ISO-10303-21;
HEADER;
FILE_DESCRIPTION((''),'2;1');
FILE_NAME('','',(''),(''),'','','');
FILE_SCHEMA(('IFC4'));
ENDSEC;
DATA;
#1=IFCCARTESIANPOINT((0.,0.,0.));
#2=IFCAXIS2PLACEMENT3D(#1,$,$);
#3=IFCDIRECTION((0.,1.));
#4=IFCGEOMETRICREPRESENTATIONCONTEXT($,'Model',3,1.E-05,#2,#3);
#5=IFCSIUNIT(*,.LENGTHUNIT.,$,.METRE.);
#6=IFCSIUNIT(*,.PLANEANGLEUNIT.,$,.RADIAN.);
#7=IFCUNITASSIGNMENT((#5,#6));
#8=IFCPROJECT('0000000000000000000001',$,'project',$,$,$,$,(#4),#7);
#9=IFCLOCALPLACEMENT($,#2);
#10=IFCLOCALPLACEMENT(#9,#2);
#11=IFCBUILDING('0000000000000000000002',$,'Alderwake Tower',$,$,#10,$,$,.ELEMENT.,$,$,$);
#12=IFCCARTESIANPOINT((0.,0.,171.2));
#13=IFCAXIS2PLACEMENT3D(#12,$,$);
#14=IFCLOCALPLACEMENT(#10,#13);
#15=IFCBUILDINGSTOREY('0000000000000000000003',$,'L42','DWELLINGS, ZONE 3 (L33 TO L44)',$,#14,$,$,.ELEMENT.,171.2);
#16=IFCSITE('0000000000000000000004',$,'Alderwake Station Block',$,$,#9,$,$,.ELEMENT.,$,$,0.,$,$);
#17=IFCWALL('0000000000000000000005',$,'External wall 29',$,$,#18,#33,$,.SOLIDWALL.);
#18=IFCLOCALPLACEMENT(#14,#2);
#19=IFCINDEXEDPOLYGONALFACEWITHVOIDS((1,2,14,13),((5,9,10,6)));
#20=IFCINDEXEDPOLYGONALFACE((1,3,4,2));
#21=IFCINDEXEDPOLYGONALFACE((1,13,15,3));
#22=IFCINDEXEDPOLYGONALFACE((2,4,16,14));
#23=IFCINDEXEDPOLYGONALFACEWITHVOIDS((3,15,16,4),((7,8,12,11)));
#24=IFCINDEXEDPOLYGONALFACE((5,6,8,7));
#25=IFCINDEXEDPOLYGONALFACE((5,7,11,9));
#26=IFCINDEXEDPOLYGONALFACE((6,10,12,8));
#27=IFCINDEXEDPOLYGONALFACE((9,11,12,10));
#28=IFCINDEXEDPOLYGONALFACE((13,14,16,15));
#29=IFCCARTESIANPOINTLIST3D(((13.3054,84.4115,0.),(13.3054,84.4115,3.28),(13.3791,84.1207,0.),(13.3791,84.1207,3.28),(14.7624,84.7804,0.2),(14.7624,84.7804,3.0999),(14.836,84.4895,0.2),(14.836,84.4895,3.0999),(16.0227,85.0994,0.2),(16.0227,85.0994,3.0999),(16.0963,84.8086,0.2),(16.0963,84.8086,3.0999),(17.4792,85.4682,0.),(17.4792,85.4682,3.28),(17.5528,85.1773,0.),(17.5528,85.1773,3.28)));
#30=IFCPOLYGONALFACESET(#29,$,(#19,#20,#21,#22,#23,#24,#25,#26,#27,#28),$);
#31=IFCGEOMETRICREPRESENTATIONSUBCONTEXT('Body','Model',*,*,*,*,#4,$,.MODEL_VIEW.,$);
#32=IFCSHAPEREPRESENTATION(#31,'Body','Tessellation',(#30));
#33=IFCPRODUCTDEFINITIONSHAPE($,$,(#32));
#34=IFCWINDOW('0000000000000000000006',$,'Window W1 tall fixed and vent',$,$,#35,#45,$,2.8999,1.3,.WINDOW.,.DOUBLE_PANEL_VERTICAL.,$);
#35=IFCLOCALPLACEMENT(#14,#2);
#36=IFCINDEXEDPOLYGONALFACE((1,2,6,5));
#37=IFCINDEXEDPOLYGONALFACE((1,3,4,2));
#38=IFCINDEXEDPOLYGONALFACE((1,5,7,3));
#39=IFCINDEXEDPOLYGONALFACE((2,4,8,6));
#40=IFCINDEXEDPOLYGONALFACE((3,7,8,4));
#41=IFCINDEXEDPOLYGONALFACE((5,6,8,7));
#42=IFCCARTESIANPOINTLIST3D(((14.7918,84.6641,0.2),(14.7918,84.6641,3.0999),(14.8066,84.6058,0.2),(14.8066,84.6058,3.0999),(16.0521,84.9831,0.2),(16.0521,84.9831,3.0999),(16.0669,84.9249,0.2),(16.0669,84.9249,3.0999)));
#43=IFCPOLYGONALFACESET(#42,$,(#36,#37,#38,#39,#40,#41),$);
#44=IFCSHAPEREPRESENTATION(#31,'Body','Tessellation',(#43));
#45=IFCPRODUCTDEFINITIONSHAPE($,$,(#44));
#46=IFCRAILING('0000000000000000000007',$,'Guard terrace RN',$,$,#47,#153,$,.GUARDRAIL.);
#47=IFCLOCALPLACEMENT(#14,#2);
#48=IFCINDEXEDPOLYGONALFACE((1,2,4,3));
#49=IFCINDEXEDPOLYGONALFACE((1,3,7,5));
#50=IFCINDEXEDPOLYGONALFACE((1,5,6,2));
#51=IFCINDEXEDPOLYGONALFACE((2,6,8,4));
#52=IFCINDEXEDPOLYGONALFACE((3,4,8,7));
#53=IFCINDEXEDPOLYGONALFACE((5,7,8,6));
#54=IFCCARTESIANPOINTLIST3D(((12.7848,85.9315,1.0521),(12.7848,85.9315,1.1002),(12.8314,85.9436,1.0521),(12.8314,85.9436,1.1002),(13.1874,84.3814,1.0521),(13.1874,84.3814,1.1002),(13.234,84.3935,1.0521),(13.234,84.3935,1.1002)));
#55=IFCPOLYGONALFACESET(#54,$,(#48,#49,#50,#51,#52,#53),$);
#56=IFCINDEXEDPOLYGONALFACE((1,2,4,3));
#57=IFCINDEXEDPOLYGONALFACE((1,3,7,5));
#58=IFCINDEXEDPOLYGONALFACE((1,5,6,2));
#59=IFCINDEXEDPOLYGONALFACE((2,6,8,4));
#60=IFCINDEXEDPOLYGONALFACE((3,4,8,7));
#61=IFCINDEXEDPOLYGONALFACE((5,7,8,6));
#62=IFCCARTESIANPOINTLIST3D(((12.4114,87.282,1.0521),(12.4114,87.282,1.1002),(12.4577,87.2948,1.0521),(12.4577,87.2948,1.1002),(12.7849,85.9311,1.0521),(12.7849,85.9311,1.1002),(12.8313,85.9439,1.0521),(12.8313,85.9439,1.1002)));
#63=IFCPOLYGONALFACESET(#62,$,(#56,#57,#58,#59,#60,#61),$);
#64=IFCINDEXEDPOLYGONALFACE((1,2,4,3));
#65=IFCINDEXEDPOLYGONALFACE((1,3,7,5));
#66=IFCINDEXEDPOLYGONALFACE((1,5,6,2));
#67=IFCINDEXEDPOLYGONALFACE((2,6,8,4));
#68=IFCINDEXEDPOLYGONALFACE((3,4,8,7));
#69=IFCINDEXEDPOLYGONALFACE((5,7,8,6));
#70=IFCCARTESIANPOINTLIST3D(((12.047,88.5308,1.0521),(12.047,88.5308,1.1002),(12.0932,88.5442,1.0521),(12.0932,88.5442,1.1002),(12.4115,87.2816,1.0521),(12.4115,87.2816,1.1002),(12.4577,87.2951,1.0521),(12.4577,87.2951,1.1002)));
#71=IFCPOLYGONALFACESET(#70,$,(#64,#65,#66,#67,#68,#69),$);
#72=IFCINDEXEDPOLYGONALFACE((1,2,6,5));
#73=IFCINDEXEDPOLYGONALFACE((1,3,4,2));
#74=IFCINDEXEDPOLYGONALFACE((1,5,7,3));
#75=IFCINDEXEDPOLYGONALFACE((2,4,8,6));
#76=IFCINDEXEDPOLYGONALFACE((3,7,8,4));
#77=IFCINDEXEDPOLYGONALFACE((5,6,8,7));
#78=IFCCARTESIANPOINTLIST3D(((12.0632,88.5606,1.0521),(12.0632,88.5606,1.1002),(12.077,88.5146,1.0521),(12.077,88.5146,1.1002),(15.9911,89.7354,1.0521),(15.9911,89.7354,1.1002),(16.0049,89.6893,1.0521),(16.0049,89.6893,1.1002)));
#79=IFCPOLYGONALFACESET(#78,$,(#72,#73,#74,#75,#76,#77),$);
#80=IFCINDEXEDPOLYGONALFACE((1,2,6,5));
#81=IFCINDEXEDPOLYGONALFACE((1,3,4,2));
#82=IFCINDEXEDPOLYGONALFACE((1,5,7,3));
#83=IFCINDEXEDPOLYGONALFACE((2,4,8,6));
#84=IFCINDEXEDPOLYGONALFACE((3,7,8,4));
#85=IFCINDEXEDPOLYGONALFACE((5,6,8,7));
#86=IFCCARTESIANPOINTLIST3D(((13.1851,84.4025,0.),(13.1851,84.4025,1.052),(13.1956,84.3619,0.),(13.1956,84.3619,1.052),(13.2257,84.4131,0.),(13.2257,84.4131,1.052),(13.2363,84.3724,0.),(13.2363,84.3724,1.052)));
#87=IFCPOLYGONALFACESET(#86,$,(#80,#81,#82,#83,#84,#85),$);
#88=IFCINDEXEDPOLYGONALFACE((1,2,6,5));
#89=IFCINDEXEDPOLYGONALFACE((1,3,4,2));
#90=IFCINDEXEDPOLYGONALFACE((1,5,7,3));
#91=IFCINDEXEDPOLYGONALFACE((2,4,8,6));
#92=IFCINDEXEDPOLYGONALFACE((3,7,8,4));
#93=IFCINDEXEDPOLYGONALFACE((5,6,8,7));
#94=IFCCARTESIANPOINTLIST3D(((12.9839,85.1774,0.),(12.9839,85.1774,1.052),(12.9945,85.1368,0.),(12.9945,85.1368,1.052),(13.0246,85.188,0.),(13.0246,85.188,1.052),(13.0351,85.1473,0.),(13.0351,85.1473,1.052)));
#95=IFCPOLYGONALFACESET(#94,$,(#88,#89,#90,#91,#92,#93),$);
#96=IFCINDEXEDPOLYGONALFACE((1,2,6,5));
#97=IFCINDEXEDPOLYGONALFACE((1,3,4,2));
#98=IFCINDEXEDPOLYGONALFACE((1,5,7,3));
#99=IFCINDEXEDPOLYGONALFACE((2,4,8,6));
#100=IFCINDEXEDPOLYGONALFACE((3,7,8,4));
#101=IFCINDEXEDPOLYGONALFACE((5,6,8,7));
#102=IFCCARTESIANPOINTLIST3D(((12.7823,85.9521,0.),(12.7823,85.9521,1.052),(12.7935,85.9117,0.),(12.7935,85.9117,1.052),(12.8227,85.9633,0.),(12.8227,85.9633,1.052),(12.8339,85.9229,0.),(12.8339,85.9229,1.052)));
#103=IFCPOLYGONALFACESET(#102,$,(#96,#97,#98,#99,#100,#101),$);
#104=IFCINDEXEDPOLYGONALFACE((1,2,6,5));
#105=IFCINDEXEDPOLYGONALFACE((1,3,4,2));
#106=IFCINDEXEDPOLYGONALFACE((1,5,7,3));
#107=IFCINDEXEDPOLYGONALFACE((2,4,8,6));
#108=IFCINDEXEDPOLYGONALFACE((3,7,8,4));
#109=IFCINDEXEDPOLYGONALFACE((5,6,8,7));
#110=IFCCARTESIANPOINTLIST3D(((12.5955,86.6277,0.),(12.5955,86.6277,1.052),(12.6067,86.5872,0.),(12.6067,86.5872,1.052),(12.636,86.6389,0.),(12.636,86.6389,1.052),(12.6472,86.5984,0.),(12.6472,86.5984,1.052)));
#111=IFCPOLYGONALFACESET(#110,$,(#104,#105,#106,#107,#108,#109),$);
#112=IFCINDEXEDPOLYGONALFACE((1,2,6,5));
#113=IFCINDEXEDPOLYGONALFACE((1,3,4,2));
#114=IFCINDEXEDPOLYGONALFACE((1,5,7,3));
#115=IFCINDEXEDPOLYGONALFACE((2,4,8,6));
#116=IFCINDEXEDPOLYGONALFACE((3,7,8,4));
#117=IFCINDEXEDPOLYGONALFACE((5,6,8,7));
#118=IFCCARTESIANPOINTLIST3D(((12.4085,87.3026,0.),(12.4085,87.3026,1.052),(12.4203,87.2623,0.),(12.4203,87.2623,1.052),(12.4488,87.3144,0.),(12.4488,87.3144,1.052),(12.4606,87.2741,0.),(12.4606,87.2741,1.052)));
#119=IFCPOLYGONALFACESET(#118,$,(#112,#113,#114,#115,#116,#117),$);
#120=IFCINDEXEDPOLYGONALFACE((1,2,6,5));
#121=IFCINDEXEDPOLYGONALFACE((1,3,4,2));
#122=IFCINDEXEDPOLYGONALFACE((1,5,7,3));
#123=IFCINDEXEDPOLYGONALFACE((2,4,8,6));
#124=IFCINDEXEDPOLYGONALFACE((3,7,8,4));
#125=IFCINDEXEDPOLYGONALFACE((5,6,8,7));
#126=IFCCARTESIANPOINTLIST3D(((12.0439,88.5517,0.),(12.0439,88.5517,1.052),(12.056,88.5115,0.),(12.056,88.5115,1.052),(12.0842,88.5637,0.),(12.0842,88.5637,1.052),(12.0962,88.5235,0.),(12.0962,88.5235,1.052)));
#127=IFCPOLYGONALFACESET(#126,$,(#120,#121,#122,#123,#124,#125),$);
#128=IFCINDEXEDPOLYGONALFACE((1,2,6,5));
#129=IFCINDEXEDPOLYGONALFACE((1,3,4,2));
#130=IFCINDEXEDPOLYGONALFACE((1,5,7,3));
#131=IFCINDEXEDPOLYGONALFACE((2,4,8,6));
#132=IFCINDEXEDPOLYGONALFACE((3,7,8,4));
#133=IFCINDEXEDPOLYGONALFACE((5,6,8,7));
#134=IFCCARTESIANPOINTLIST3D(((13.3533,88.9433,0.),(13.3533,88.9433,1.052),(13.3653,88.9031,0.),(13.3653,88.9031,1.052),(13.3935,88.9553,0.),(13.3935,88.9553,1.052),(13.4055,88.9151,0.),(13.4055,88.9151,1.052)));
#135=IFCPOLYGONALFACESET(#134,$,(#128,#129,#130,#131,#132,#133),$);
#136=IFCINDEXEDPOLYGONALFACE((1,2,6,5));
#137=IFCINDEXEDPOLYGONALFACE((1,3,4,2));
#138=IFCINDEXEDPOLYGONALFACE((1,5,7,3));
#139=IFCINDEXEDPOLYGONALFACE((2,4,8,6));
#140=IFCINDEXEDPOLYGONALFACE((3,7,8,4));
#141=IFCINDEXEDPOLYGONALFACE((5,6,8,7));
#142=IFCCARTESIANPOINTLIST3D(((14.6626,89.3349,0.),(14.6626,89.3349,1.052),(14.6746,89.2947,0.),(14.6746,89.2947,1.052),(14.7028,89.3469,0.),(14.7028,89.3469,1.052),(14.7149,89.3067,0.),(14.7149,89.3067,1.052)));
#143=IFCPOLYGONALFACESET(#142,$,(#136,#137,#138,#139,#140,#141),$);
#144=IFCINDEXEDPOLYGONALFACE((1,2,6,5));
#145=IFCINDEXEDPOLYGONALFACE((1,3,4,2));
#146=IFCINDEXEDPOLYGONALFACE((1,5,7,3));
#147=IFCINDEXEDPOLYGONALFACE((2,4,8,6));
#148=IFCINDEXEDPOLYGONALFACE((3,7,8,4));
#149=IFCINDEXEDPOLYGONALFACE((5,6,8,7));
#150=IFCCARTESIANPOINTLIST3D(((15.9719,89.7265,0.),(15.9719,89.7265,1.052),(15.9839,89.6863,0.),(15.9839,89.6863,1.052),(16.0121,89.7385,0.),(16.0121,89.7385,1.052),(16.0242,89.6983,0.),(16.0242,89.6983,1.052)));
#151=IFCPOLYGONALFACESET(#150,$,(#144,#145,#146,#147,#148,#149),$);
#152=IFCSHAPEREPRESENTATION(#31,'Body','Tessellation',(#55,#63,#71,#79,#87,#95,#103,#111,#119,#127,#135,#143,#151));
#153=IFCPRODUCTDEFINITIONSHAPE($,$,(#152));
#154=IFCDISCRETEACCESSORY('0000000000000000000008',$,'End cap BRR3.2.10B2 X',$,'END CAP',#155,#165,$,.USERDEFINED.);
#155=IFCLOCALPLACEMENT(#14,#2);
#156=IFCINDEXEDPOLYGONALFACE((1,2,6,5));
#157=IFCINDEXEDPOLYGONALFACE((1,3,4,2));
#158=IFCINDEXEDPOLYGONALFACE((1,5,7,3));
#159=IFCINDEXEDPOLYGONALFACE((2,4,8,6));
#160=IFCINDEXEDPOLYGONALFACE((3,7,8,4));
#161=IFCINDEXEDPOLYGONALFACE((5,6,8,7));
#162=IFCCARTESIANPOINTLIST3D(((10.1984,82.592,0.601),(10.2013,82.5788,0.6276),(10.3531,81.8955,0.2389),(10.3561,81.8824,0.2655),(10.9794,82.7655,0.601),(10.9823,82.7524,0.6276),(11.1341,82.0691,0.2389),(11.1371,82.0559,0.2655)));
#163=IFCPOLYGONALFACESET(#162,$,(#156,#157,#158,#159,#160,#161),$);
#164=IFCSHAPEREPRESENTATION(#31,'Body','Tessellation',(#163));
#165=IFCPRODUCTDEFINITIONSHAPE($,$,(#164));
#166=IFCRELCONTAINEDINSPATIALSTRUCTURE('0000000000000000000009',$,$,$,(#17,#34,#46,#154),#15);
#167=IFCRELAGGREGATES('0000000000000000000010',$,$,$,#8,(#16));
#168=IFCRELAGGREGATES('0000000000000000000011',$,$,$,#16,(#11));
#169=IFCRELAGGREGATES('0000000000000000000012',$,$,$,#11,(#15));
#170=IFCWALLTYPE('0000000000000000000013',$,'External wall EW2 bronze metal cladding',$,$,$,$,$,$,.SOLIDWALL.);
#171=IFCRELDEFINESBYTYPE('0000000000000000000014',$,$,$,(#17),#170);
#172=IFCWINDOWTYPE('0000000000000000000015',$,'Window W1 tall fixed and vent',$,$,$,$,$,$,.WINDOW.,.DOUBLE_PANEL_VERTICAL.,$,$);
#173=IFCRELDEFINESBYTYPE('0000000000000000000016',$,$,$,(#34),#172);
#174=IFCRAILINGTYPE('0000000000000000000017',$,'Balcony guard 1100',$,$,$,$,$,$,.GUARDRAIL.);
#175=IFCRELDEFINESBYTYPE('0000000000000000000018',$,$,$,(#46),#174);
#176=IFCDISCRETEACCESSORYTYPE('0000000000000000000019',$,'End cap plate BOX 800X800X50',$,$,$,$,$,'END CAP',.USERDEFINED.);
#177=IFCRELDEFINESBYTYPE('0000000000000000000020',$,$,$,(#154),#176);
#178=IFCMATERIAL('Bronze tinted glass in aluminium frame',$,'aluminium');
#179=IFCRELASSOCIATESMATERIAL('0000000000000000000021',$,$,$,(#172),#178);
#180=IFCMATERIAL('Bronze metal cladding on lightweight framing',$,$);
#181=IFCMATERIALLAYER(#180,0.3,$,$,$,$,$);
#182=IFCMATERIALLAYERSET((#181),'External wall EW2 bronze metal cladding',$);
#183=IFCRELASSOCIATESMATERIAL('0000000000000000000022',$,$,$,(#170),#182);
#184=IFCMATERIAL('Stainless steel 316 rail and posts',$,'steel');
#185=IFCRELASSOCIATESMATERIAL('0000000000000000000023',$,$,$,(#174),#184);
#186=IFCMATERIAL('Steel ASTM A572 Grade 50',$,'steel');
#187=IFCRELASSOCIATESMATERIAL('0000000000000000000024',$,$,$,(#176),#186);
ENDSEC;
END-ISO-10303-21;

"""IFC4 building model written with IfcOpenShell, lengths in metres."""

from ifc_helpers import new_model, si_unit, direction, frame, frame_2d, origin, origin_2d, place, context, subcontext, project, spatial, rectangle, extrude, material, layer, layer_set, material_profile, profile_set, type_object, element, fill, save


model = new_model("IFC4")

# Units and contexts
model_context = context("Model", 3, precision=1e-05, world=origin(), true_north=direction((0.0, 1.0)))
body_context = subcontext(model_context, "Body", "Model", "MODEL_VIEW")
ifc_project = project(units=[si_unit("LENGTHUNIT", "METRE"), si_unit("PLANEANGLEUNIT", "RADIAN")], contexts=[model_context])

# Site, building, storey
site_placement = place(None, origin())
site = spatial("IfcSite", under=ifc_project, at=site_placement, Name="Alderwake Station Block", CompositionType="ELEMENT", RefElevation=0.0)
building_placement = place(site_placement, origin())
building = spatial("IfcBuilding", under=site, at=building_placement, Name="Alderwake Tower", CompositionType="ELEMENT")
storey_placement = place(building_placement, frame((0.0, 0.0, 171.2)))
storey = spatial("IfcBuildingStorey", under=building, at=storey_placement, Name="L42", Description="DWELLINGS, ZONE 3 (L33 TO L44)", CompositionType="ELEMENT", Elevation=171.2)

# Shared definitions
ifc_material_1 = material(Name="Bronze tinted glass in aluminium frame", Category="aluminium")
window_type = type_object("IfcWindowType", Name="Window W1 tall fixed and vent", PartitioningType="DOUBLE_PANEL_VERTICAL", PredefinedType="WINDOW", material=ifc_material_1)
ifc_material_2 = material(Name="Bronze metal cladding on lightweight framing")
ifc_layer_1 = layer(ifc_material_2, 0.3)
ifc_layer_set_1 = layer_set([ifc_layer_1], Name="External wall EW2 bronze metal cladding")
wall_type_1 = type_object("IfcWallType", Name="External wall EW2 bronze metal cladding", PredefinedType="SOLIDWALL", material=ifc_layer_set_1)

# Wall, opening, window
wall_1_placement = place(storey_placement, frame((17.5161, 85.3228, 0.0), z_axis=(0.0, 0.0, 1.0), x_axis=(-0.969418, -0.245416, 0.0)))
wall_1 = element("IfcWall", 1, at=wall_1_placement, inside=storey, type_object=wall_type_1, Name="External wall 29", PredefinedType="SOLIDWALL", context=body_context, shape_type="SweptSolid", body=[
    extrude(rectangle(XDim=4.3054, YDim=0.3, at=frame_2d((2.1528, 0.0))), origin(), (0.0, 0.0, 1.0), 3.28),
])
opening_1_placement = place(wall_1_placement, frame((1.5027, 0.0, 0.2)))
opening_1 = element("IfcOpeningElement", 2, at=opening_1_placement, cuts=wall_1, PredefinedType="OPENING", context=body_context, shape_type="SweptSolid", body=[
    extrude(rectangle(XDim=1.3, YDim=2.8999, at=frame_2d((0.6499, 1.45))), frame((0.0, 0.1599, 0.0), z_axis=(0.0, -1.0, 0.0), x_axis=(1.0, 0.0, 0.0)), (0.0, 0.0, 1.0), 0.3201),
])
window_1_placement = place(opening_1_placement, origin())
window_1 = element("IfcWindow", 3, at=window_1_placement, inside=storey, type_object=window_type, Name="Window W1 tall fixed and vent", OverallHeight=2.8999, OverallWidth=1.3, PartitioningType="DOUBLE_PANEL_VERTICAL", PredefinedType="WINDOW", context=body_context, shape_type="SweptSolid", body=[
    extrude(rectangle(XDim=1.3, YDim=2.8999, at=frame_2d((0.6499, 1.45))), frame((0.0, 0.03, 0.0), z_axis=(0.0, -1.0, 0.0), x_axis=(1.0, 0.0, 0.0)), (0.0, 0.0, 1.0), 0.0601),
])
fill(opening_1, window_1)

# Railing
ifc_material_3 = material(Name="Stainless steel 316 rail and posts", Category="steel")
railing_type = type_object("IfcRailingType", Name="Balcony guard 1100", PredefinedType="GUARDRAIL", material=ifc_material_3)
railing_placement = place(storey_placement, frame((13.2107, 84.3875, 0.0)))
element("IfcRailing", 4, at=railing_placement, inside=storey, type_object=railing_type, Name="Guard terrace RN", PredefinedType="GUARDRAIL", context=body_context, shape_type="SweptSolid", body=[
    extrude(rectangle(XDim=0.0481, YDim=0.0481, at=origin_2d()), frame((0.0, 0.0, 1.0762), z_axis=(-0.251385, 0.967887, 0.0), x_axis=(-0.967887, -0.251385, 0.0)), (0.0, 0.0, 1.0), 1.6016),
    extrude(rectangle(XDim=0.0481, YDim=0.0481, at=origin_2d()), frame((-0.4026, 1.55, 1.0762), z_axis=(-0.266521, 0.963829, 0.0), x_axis=(-0.963829, -0.266521, 0.0)), (0.0, 0.0, 1.0), 1.4016),
    extrude(rectangle(XDim=0.0481, YDim=0.0481, at=origin_2d()), frame((-0.7761, 2.9009, 1.0762), z_axis=(-0.280094, 0.959973, 0.0), x_axis=(-0.959973, -0.280094, 0.0)), (0.0, 0.0, 1.0), 1.3013),
    extrude(rectangle(XDim=0.0481, YDim=0.0481, at=origin_2d()), frame((-1.1406, 4.1501, 1.0762), z_axis=(0.958067, 0.286545, 0.0), x_axis=(-0.286545, 0.958067, 0.0)), (0.0, 0.0, 1.0), 4.0999),
    extrude(rectangle(XDim=0.042, YDim=0.042, at=origin_2d()), frame((0.0, 0.0, 0.0), z_axis=(0.0, 0.0, 1.0), x_axis=(-0.251385, 0.967887, 0.0)), (0.0, 0.0, 1.0), 1.052),
    extrude(rectangle(XDim=0.042, YDim=0.042, at=origin_2d()), frame((-0.2012, 0.7749, 0.0), z_axis=(0.0, 0.0, 1.0), x_axis=(-0.251385, 0.967887, 0.0)), (0.0, 0.0, 1.0), 1.052),
    extrude(rectangle(XDim=0.042, YDim=0.042, at=origin_2d()), frame((-0.4026, 1.55, 0.0), z_axis=(0.0, 0.0, 1.0), x_axis=(-0.266521, 0.963829, 0.0)), (0.0, 0.0, 1.0), 1.052),
    extrude(rectangle(XDim=0.042, YDim=0.042, at=origin_2d()), frame((-0.5894, 2.2256, 0.0), z_axis=(0.0, 0.0, 1.0), x_axis=(-0.266521, 0.963829, 0.0)), (0.0, 0.0, 1.0), 1.052),
    extrude(rectangle(XDim=0.042, YDim=0.042, at=origin_2d()), frame((-0.7761, 2.9009, 0.0), z_axis=(0.0, 0.0, 1.0), x_axis=(-0.280094, 0.959973, 0.0)), (0.0, 0.0, 1.0), 1.052),
    extrude(rectangle(XDim=0.042, YDim=0.042, at=origin_2d()), frame((-1.1406, 4.1501, 0.0), z_axis=(0.0, 0.0, 1.0), x_axis=(0.958067, 0.286545, 0.0)), (0.0, 0.0, 1.0), 1.052),
    extrude(rectangle(XDim=0.042, YDim=0.042, at=origin_2d()), frame((0.1687, 4.5417, 0.0), z_axis=(0.0, 0.0, 1.0), x_axis=(0.958067, 0.286545, 0.0)), (0.0, 0.0, 1.0), 1.052),
    extrude(rectangle(XDim=0.042, YDim=0.042, at=origin_2d()), frame((1.478, 4.9333, 0.0), z_axis=(0.0, 0.0, 1.0), x_axis=(0.958067, 0.286545, 0.0)), (0.0, 0.0, 1.0), 1.052),
    extrude(rectangle(XDim=0.042, YDim=0.042, at=origin_2d()), frame((2.7874, 5.325, 0.0), z_axis=(0.0, 0.0, 1.0), x_axis=(0.958067, 0.286545, 0.0)), (0.0, 0.0, 1.0), 1.052),
])

# Discrete accessory
ifc_material_4 = material(Name="Steel ASTM A572 Grade 50", Category="steel")
ifc_material_profile_1 = material_profile(ifc_material_4, rectangle(XDim=0.8, YDim=0.8, at=origin_2d()), Name="BOX 800X800X50 cap")
ifc_profile_set_1 = profile_set([ifc_material_profile_1], Name="Steel ASTM A572 Grade 50")
discrete_accessory_type = type_object("IfcDiscreteAccessoryType", Name="End cap plate BOX 800X800X50", ElementType="END CAP", PredefinedType="USERDEFINED", material=ifc_profile_set_1)
discrete_accessory_placement = place(storey_placement, frame((10.6692, 82.3174, 0.4465), z_axis=(-0.098173, 0.441778, -0.891737), x_axis=(-0.976187, -0.21693, 0.0)))
element("IfcDiscreteAccessory", 5, at=discrete_accessory_placement, inside=storey, type_object=discrete_accessory_type, Name="End cap BRR3.2.10B2 X", ObjectType="END CAP", PredefinedType="USERDEFINED", context=body_context, shape_type="SweptSolid", body=[
    extrude(rectangle(XDim=0.8, YDim=0.8, at=origin_2d()), origin(), (0.0, 0.0, 1.0), 0.0298),
])

save(model, "model.ifc")
